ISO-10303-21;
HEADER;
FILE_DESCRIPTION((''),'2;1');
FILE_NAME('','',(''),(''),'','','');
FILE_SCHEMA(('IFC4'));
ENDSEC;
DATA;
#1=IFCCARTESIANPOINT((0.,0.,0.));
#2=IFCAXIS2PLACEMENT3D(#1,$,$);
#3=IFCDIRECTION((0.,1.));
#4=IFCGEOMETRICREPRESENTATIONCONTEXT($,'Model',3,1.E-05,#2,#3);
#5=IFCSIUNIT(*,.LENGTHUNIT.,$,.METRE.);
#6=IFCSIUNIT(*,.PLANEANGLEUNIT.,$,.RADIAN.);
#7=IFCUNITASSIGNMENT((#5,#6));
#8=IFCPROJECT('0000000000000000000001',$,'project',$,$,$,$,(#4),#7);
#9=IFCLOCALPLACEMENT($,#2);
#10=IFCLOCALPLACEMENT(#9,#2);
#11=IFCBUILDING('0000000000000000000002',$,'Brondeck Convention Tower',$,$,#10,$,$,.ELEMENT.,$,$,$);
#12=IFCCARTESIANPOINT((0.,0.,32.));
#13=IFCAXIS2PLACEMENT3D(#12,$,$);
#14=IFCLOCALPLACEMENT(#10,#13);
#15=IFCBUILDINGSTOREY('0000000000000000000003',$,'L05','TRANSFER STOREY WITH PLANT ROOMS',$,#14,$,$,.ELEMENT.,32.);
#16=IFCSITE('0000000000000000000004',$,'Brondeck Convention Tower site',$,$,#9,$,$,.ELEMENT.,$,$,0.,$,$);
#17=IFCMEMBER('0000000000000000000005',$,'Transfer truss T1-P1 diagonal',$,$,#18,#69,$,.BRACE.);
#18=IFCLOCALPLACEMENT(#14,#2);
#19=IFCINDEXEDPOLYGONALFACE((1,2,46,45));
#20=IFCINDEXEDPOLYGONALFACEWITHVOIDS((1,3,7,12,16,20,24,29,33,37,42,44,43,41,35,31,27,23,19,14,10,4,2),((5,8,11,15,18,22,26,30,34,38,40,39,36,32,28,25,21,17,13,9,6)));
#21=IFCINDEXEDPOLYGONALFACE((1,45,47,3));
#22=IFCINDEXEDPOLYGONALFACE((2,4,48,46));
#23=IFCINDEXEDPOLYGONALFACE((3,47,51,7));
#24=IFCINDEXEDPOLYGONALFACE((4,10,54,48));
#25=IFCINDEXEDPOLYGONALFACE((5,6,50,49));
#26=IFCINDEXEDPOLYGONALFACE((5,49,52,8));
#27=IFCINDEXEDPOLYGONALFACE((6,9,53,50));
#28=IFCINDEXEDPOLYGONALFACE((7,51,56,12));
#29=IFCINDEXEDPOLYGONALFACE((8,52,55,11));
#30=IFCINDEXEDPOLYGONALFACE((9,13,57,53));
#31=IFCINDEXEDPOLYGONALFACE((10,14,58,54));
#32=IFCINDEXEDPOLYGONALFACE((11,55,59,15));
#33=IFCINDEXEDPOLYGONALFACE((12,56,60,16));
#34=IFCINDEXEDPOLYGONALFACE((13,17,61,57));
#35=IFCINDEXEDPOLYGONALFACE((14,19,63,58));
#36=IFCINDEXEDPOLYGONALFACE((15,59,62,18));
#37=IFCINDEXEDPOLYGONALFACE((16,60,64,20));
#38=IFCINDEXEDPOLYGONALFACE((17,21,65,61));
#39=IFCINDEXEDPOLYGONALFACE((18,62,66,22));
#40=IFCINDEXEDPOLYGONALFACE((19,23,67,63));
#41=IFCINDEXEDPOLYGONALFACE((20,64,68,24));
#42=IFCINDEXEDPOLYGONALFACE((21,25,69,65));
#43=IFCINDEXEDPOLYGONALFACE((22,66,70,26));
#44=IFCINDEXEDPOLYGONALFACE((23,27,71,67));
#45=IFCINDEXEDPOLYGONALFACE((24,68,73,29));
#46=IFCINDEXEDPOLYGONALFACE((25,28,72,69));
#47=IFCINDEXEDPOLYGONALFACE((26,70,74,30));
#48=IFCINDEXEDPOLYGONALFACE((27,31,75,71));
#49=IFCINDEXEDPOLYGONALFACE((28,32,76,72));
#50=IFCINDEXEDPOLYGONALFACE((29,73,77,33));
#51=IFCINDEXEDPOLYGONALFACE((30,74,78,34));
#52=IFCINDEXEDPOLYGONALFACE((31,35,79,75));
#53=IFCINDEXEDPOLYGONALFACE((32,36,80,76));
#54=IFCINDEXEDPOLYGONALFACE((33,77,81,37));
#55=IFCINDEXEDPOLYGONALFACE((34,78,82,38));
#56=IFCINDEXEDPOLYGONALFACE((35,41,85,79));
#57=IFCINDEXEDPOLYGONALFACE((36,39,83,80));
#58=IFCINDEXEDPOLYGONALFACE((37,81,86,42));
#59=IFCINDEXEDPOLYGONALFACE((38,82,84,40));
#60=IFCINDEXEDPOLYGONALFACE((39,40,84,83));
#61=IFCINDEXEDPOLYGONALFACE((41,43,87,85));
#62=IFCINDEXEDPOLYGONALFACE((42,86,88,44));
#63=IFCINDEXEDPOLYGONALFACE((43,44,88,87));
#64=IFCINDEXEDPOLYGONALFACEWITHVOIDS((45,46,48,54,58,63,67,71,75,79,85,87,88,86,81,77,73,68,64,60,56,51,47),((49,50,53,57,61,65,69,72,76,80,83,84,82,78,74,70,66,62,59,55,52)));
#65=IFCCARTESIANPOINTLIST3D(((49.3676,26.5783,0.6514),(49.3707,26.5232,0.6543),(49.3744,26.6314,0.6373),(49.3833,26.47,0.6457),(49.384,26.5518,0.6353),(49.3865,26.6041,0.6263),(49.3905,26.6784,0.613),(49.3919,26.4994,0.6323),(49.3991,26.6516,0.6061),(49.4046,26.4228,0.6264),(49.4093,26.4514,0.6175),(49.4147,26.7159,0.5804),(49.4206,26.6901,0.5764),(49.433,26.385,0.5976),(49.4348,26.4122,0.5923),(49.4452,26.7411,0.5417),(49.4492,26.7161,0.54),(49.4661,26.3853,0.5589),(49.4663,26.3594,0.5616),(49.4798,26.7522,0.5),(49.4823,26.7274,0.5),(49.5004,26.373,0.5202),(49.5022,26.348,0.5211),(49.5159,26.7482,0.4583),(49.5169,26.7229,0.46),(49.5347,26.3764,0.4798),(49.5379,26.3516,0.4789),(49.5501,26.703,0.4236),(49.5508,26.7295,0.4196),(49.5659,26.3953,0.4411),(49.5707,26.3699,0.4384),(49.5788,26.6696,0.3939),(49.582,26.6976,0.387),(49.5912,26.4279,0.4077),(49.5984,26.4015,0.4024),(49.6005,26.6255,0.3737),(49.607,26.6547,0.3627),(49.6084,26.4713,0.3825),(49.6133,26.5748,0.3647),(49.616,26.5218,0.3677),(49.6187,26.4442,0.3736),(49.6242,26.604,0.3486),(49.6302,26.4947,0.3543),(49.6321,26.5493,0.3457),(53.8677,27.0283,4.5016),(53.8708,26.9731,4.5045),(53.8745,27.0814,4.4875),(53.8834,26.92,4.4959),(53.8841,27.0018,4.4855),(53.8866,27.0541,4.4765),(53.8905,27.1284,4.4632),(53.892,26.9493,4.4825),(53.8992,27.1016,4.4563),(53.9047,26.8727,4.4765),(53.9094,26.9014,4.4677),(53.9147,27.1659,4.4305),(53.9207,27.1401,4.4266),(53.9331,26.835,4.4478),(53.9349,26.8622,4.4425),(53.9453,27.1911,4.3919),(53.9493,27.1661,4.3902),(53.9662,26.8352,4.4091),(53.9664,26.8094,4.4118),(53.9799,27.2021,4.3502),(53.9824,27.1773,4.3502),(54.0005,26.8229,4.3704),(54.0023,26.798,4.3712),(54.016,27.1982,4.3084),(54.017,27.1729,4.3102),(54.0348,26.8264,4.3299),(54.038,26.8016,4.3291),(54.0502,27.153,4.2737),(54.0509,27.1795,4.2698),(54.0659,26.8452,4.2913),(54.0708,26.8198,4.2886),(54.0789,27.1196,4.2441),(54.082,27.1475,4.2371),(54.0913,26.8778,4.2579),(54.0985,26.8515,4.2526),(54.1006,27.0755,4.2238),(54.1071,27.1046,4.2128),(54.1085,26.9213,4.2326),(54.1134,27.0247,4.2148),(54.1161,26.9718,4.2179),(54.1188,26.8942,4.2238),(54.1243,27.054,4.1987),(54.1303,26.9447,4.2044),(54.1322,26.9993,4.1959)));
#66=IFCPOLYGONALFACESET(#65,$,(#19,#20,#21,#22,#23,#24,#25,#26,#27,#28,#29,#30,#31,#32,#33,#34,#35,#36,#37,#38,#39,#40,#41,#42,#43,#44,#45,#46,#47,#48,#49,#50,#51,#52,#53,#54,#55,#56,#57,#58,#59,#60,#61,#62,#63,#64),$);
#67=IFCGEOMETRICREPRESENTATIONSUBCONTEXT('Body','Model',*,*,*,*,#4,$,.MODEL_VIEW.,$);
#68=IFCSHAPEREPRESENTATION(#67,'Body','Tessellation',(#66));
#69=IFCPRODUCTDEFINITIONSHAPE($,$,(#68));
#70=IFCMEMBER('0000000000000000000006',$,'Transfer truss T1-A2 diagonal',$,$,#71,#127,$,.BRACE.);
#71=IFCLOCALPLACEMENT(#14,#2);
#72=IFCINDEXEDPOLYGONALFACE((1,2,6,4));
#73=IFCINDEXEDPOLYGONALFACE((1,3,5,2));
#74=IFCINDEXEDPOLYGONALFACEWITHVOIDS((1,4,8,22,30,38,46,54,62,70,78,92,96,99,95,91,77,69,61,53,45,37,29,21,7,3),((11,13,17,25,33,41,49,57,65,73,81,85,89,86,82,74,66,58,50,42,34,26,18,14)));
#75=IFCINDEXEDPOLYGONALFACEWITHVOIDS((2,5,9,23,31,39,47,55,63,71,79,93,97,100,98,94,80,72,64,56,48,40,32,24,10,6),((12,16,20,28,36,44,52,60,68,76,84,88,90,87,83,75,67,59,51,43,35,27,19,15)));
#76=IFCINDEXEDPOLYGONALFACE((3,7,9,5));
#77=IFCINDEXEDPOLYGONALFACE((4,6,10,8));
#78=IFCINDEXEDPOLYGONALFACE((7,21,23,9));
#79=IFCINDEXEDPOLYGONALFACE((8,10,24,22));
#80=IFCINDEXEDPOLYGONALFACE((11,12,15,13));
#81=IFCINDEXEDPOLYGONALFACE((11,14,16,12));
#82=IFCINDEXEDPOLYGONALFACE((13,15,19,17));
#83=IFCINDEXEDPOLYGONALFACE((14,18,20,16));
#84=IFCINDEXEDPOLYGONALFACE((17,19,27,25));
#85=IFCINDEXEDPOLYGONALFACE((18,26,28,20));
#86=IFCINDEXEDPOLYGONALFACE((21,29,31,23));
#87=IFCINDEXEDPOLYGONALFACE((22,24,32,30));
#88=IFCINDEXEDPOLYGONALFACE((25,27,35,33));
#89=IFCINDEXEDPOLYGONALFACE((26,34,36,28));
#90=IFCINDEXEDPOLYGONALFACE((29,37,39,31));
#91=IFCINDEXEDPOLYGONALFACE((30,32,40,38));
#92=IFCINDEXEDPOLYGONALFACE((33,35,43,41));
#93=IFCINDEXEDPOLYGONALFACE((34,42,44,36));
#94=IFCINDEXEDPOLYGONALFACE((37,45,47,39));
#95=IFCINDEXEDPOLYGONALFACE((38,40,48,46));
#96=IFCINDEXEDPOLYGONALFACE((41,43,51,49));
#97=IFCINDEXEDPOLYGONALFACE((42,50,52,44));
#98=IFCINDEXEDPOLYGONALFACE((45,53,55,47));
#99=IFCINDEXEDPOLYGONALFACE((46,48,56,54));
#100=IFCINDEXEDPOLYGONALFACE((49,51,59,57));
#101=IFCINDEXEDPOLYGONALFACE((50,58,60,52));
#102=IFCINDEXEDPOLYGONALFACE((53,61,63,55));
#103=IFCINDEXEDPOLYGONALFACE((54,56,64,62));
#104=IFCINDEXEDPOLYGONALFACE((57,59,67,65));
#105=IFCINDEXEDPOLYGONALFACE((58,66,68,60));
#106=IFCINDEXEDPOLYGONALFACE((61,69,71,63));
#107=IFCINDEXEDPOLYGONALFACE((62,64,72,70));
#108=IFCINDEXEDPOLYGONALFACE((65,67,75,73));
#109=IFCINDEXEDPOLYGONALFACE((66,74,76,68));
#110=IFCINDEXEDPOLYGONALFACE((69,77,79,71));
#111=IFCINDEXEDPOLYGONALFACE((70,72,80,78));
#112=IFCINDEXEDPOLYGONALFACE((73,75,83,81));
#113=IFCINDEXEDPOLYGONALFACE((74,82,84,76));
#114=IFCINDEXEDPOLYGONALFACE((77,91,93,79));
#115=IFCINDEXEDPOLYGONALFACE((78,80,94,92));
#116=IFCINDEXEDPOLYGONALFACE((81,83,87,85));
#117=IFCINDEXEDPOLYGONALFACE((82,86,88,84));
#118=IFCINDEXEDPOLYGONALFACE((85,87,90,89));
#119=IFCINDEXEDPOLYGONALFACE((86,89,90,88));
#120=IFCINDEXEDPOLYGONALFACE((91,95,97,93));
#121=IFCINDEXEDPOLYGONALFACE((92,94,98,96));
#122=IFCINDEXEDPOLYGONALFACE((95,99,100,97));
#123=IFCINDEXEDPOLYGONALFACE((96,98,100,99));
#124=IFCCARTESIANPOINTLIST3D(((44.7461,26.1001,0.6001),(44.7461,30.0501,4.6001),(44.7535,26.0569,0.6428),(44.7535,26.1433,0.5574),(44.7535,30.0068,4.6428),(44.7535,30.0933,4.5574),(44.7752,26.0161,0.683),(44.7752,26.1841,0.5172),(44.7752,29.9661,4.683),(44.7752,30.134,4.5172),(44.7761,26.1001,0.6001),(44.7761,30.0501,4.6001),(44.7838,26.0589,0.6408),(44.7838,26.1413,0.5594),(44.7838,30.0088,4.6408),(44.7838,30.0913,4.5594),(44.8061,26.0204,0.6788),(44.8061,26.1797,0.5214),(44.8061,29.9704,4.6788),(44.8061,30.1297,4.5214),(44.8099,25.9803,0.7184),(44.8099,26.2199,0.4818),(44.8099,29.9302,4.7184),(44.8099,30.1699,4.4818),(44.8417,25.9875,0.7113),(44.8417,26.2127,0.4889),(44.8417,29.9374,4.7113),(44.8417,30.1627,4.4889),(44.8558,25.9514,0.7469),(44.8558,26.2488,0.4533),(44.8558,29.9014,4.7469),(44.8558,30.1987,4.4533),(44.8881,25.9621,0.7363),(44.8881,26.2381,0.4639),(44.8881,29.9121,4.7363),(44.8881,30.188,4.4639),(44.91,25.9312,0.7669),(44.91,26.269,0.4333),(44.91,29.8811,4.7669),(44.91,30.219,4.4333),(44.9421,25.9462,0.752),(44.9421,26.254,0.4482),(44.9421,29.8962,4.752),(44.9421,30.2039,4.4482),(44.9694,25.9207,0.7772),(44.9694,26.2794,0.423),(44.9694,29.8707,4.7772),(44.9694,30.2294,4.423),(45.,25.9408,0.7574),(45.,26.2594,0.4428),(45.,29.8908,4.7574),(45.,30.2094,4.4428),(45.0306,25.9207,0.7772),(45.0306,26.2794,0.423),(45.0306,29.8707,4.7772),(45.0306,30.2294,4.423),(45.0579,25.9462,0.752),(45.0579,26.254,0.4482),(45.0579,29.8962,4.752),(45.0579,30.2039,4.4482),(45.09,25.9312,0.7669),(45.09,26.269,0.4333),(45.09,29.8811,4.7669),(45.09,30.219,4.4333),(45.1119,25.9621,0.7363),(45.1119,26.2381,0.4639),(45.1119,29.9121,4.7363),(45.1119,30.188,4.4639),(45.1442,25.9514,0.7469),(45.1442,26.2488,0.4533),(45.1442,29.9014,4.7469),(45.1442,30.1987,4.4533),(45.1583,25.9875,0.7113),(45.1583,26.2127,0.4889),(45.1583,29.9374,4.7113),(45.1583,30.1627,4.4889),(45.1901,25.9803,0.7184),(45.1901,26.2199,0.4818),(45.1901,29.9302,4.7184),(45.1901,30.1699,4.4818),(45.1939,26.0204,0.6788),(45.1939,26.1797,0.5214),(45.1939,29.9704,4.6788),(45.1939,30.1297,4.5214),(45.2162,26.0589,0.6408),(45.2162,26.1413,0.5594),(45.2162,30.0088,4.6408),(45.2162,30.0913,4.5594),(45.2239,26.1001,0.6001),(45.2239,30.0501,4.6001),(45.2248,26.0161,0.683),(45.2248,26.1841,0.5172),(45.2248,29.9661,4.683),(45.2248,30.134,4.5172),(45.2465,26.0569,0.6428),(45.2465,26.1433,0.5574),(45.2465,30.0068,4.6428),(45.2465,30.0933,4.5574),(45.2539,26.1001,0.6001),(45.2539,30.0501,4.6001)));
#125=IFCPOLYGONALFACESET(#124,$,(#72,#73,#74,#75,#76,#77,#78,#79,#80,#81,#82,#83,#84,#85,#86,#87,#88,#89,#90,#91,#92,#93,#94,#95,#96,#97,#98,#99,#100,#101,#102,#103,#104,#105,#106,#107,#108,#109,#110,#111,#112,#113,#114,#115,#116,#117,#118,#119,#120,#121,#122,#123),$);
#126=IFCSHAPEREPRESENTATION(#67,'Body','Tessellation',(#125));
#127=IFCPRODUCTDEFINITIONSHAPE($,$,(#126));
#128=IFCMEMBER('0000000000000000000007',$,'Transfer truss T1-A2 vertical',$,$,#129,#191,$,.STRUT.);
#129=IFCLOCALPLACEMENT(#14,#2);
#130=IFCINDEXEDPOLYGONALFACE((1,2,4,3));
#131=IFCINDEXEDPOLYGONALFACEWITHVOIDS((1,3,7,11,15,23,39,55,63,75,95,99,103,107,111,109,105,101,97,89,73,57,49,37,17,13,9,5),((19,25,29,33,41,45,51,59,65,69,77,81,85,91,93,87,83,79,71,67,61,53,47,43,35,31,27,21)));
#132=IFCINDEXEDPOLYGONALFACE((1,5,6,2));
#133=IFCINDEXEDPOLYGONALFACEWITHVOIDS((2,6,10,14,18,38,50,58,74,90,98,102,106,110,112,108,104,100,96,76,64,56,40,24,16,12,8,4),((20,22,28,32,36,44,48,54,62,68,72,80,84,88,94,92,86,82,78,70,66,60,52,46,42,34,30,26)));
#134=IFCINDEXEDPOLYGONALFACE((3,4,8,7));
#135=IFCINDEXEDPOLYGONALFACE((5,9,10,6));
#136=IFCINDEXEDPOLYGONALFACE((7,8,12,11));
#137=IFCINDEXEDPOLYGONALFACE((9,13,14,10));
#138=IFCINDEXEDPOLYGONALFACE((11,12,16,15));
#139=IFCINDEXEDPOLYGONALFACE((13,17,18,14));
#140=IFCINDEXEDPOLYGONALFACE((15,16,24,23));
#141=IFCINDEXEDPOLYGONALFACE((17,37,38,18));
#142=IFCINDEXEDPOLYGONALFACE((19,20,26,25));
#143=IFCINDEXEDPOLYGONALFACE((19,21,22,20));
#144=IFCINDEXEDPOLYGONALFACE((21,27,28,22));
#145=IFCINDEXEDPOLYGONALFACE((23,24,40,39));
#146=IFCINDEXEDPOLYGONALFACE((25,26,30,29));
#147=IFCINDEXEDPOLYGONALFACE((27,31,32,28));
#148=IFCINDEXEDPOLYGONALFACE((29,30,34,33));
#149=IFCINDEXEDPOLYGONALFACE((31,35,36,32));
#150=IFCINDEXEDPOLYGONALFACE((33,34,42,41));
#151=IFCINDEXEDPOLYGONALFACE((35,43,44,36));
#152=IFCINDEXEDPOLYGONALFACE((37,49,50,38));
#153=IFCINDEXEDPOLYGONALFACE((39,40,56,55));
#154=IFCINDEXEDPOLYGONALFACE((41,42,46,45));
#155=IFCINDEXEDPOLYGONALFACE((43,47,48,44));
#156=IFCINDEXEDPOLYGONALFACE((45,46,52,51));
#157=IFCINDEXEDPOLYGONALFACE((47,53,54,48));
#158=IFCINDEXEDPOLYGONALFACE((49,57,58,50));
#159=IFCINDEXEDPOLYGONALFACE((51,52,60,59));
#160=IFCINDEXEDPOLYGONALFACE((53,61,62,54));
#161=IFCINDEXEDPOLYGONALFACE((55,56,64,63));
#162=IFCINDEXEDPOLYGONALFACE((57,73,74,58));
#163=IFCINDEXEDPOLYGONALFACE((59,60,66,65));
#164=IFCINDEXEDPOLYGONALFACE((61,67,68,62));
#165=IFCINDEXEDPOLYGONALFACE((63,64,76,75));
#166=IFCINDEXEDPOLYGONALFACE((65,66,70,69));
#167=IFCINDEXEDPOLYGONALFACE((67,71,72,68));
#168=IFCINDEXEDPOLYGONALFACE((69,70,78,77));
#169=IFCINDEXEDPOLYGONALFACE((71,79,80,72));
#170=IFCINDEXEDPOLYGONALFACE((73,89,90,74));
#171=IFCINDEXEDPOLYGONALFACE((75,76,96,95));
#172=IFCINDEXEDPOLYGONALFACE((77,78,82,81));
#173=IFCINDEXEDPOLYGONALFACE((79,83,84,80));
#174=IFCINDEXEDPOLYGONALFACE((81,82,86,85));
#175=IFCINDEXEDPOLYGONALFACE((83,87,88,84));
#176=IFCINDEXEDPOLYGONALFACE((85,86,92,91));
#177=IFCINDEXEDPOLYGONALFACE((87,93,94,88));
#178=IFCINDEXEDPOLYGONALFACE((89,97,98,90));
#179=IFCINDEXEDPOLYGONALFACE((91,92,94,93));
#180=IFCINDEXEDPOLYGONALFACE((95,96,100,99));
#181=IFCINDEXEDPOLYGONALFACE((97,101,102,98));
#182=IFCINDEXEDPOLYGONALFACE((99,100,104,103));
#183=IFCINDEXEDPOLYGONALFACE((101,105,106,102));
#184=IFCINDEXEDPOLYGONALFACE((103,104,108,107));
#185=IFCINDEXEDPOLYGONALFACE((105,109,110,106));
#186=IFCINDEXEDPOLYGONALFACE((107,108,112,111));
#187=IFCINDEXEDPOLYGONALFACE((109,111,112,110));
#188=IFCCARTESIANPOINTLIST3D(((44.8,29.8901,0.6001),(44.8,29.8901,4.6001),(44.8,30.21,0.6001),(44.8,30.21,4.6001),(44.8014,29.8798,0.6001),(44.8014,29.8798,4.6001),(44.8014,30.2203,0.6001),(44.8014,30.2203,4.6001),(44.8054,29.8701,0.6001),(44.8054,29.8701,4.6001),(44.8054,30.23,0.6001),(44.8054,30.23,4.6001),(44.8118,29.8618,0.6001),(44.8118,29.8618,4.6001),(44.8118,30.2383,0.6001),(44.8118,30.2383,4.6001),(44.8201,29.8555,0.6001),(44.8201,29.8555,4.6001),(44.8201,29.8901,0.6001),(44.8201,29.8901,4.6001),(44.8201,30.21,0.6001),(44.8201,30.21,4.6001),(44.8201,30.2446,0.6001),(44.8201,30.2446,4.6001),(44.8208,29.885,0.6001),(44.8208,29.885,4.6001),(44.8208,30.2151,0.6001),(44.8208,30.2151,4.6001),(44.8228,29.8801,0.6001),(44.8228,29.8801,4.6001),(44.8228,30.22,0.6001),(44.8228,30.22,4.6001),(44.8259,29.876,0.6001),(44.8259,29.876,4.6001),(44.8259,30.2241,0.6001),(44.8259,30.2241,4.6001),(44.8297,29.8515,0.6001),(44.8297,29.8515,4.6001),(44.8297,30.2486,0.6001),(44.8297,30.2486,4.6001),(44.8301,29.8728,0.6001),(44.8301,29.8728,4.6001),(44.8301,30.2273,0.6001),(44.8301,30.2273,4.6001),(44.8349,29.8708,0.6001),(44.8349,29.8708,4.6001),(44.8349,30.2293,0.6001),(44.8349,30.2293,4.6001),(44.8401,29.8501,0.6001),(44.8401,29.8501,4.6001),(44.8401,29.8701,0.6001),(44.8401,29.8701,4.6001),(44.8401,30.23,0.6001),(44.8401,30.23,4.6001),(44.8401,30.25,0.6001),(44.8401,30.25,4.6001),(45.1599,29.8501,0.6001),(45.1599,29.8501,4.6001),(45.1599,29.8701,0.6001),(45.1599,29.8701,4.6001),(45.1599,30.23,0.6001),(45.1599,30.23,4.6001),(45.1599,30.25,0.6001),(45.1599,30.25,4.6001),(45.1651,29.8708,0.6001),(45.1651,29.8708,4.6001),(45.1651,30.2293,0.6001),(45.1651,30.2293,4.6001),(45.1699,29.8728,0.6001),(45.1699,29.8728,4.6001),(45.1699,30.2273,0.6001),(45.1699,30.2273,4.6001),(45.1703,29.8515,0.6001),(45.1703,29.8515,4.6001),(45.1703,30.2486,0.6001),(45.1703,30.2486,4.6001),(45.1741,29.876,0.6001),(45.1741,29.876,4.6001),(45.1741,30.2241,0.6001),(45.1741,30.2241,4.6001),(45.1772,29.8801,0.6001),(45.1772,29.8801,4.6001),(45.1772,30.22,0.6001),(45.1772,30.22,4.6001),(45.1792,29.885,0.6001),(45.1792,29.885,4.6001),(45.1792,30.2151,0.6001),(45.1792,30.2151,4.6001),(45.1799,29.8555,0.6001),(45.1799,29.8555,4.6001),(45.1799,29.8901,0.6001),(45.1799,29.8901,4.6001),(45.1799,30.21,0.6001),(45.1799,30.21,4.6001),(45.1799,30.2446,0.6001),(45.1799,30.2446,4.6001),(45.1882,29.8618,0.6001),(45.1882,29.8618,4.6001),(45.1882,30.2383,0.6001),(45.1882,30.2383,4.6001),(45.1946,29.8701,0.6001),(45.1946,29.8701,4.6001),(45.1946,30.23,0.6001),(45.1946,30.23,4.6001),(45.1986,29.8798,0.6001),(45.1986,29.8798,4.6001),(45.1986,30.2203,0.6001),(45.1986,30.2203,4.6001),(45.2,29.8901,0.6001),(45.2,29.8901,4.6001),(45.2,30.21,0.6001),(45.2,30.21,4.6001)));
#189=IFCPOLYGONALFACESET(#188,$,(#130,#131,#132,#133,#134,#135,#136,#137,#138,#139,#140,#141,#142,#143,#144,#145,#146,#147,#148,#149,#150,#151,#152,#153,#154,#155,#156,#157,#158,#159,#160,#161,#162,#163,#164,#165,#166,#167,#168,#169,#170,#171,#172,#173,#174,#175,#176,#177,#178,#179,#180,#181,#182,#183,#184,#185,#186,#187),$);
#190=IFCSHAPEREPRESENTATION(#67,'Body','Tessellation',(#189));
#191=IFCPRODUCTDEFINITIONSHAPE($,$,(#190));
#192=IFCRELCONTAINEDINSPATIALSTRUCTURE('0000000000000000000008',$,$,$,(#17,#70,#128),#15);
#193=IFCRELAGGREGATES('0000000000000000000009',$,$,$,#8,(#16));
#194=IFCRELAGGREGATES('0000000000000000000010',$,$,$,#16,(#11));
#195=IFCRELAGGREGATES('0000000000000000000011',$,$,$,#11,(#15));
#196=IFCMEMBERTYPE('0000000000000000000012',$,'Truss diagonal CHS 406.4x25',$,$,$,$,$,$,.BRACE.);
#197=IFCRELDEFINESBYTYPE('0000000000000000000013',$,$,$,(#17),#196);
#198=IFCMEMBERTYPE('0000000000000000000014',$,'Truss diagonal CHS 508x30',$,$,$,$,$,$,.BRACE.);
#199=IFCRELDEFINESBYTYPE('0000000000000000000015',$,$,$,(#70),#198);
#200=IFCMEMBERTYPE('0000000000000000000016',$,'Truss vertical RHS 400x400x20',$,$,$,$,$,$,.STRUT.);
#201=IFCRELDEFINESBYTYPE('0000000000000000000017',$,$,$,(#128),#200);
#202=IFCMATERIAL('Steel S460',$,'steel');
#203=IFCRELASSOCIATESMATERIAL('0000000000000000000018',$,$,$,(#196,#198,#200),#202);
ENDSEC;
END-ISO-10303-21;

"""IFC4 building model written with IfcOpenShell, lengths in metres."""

from ifc_helpers import new_model, si_unit, direction, frame, origin, origin_2d, place, context, subcontext, project, spatial, hollow_rectangle, hollow_circle, extrude, material, material_profile, profile_set, type_object, element, save


model = new_model("IFC4")

# Units and contexts
model_context = context("Model", 3, precision=1e-05, world=origin(), true_north=direction((0.0, 1.0)))
body_context = subcontext(model_context, "Body", "Model", "MODEL_VIEW")
ifc_project = project(units=[si_unit("LENGTHUNIT", "METRE"), si_unit("PLANEANGLEUNIT", "RADIAN")], contexts=[model_context])

# Site, building, storey
site_placement = place(None, origin())
site = spatial("IfcSite", under=ifc_project, at=site_placement, Name="Brondeck Convention Tower site", CompositionType="ELEMENT", RefElevation=0.0)
building_placement = place(site_placement, origin())
building = spatial("IfcBuilding", under=site, at=building_placement, Name="Brondeck Convention Tower", CompositionType="ELEMENT")
storey_placement = place(building_placement, frame((0.0, 0.0, 32.0)))
storey = spatial("IfcBuildingStorey", under=building, at=storey_placement, Name="L05", Description="TRANSFER STOREY WITH PLANT ROOMS", CompositionType="ELEMENT", Elevation=32.0)

# Shared definitions
ifc_material_1 = material(Name="Steel S460", Category="steel")

# Members
ifc_material_profile_1 = material_profile(ifc_material_1, hollow_circle(Radius=0.2031, WallThickness=0.0249, at=origin_2d()), Name="CHS 406.4x25")
ifc_profile_set_1 = profile_set([ifc_material_profile_1], Name="Steel S460")
member_type_1 = type_object("IfcMemberType", Name="Truss diagonal CHS 406.4x25", PredefinedType="BRACE", material=ifc_profile_set_1)
for number, where, z_axis, x_axis, name in (
    (1, (49.5, 26.55, 0.5), (0.75766, 0.075758, 0.648237), (-0.099493, 0.995038, 0.0), "Transfer truss T1-P1 diagonal"),
):
    element("IfcMember", number, at=place(storey_placement, frame(where, z_axis=z_axis, x_axis=x_axis)), inside=storey, type_object=member_type_1, Name=name, PredefinedType="BRACE", context=body_context, shape_type="SweptSolid", body=[
        extrude(hollow_circle(Radius=0.2031, WallThickness=0.0249, at=origin_2d()), origin(), (0.0, 0.0, 1.0), 5.9395),
    ])
ifc_material_profile_2 = material_profile(ifc_material_1, hollow_circle(Radius=0.2539, WallThickness=0.03, at=origin_2d()), Name="CHS 508x30")
ifc_profile_set_2 = profile_set([ifc_material_profile_2], Name="Steel S460")
member_type_2 = type_object("IfcMemberType", Name="Truss diagonal CHS 508x30", PredefinedType="BRACE", material=ifc_profile_set_2)
member_1_placement = place(storey_placement, frame((45.0, 26.1001, 0.6001), z_axis=(0.0, 0.702641, 0.711544), x_axis=(-1.0, 0.0, 0.0)))
element("IfcMember", 2, at=member_1_placement, inside=storey, type_object=member_type_2, Name="Transfer truss T1-A2 diagonal", PredefinedType="BRACE", context=body_context, shape_type="SweptSolid", body=[
    extrude(hollow_circle(Radius=0.2539, WallThickness=0.03, at=origin_2d()), origin(), (0.0, 0.0, 1.0), 5.6216),
])
ifc_material_profile_3 = material_profile(ifc_material_1, hollow_rectangle(XDim=0.3999, YDim=0.3999, WallThickness=0.02, InnerFilletRadius=0.02, OuterFilletRadius=0.04, at=origin_2d()), Name="RHS 400x400x20")
ifc_profile_set_3 = profile_set([ifc_material_profile_3], Name="Steel S460")
member_type_3 = type_object("IfcMemberType", Name="Truss vertical RHS 400x400x20", PredefinedType="STRUT", material=ifc_profile_set_3)
member_2_placement = place(storey_placement, frame((45.0, 30.05, 0.6001), z_axis=(0.0, 0.0, 1.0), x_axis=(1.0, 0.0, 0.0)))
element("IfcMember", 3, at=member_2_placement, inside=storey, type_object=member_type_3, Name="Transfer truss T1-A2 vertical", PredefinedType="STRUT", context=body_context, shape_type="SweptSolid", body=[
    extrude(hollow_rectangle(XDim=0.3999, YDim=0.3999, WallThickness=0.02, InnerFilletRadius=0.02, OuterFilletRadius=0.04, at=origin_2d()), origin(), (0.0, 0.0, 1.0), 4.0),
])

save(model, "model.ifc")
